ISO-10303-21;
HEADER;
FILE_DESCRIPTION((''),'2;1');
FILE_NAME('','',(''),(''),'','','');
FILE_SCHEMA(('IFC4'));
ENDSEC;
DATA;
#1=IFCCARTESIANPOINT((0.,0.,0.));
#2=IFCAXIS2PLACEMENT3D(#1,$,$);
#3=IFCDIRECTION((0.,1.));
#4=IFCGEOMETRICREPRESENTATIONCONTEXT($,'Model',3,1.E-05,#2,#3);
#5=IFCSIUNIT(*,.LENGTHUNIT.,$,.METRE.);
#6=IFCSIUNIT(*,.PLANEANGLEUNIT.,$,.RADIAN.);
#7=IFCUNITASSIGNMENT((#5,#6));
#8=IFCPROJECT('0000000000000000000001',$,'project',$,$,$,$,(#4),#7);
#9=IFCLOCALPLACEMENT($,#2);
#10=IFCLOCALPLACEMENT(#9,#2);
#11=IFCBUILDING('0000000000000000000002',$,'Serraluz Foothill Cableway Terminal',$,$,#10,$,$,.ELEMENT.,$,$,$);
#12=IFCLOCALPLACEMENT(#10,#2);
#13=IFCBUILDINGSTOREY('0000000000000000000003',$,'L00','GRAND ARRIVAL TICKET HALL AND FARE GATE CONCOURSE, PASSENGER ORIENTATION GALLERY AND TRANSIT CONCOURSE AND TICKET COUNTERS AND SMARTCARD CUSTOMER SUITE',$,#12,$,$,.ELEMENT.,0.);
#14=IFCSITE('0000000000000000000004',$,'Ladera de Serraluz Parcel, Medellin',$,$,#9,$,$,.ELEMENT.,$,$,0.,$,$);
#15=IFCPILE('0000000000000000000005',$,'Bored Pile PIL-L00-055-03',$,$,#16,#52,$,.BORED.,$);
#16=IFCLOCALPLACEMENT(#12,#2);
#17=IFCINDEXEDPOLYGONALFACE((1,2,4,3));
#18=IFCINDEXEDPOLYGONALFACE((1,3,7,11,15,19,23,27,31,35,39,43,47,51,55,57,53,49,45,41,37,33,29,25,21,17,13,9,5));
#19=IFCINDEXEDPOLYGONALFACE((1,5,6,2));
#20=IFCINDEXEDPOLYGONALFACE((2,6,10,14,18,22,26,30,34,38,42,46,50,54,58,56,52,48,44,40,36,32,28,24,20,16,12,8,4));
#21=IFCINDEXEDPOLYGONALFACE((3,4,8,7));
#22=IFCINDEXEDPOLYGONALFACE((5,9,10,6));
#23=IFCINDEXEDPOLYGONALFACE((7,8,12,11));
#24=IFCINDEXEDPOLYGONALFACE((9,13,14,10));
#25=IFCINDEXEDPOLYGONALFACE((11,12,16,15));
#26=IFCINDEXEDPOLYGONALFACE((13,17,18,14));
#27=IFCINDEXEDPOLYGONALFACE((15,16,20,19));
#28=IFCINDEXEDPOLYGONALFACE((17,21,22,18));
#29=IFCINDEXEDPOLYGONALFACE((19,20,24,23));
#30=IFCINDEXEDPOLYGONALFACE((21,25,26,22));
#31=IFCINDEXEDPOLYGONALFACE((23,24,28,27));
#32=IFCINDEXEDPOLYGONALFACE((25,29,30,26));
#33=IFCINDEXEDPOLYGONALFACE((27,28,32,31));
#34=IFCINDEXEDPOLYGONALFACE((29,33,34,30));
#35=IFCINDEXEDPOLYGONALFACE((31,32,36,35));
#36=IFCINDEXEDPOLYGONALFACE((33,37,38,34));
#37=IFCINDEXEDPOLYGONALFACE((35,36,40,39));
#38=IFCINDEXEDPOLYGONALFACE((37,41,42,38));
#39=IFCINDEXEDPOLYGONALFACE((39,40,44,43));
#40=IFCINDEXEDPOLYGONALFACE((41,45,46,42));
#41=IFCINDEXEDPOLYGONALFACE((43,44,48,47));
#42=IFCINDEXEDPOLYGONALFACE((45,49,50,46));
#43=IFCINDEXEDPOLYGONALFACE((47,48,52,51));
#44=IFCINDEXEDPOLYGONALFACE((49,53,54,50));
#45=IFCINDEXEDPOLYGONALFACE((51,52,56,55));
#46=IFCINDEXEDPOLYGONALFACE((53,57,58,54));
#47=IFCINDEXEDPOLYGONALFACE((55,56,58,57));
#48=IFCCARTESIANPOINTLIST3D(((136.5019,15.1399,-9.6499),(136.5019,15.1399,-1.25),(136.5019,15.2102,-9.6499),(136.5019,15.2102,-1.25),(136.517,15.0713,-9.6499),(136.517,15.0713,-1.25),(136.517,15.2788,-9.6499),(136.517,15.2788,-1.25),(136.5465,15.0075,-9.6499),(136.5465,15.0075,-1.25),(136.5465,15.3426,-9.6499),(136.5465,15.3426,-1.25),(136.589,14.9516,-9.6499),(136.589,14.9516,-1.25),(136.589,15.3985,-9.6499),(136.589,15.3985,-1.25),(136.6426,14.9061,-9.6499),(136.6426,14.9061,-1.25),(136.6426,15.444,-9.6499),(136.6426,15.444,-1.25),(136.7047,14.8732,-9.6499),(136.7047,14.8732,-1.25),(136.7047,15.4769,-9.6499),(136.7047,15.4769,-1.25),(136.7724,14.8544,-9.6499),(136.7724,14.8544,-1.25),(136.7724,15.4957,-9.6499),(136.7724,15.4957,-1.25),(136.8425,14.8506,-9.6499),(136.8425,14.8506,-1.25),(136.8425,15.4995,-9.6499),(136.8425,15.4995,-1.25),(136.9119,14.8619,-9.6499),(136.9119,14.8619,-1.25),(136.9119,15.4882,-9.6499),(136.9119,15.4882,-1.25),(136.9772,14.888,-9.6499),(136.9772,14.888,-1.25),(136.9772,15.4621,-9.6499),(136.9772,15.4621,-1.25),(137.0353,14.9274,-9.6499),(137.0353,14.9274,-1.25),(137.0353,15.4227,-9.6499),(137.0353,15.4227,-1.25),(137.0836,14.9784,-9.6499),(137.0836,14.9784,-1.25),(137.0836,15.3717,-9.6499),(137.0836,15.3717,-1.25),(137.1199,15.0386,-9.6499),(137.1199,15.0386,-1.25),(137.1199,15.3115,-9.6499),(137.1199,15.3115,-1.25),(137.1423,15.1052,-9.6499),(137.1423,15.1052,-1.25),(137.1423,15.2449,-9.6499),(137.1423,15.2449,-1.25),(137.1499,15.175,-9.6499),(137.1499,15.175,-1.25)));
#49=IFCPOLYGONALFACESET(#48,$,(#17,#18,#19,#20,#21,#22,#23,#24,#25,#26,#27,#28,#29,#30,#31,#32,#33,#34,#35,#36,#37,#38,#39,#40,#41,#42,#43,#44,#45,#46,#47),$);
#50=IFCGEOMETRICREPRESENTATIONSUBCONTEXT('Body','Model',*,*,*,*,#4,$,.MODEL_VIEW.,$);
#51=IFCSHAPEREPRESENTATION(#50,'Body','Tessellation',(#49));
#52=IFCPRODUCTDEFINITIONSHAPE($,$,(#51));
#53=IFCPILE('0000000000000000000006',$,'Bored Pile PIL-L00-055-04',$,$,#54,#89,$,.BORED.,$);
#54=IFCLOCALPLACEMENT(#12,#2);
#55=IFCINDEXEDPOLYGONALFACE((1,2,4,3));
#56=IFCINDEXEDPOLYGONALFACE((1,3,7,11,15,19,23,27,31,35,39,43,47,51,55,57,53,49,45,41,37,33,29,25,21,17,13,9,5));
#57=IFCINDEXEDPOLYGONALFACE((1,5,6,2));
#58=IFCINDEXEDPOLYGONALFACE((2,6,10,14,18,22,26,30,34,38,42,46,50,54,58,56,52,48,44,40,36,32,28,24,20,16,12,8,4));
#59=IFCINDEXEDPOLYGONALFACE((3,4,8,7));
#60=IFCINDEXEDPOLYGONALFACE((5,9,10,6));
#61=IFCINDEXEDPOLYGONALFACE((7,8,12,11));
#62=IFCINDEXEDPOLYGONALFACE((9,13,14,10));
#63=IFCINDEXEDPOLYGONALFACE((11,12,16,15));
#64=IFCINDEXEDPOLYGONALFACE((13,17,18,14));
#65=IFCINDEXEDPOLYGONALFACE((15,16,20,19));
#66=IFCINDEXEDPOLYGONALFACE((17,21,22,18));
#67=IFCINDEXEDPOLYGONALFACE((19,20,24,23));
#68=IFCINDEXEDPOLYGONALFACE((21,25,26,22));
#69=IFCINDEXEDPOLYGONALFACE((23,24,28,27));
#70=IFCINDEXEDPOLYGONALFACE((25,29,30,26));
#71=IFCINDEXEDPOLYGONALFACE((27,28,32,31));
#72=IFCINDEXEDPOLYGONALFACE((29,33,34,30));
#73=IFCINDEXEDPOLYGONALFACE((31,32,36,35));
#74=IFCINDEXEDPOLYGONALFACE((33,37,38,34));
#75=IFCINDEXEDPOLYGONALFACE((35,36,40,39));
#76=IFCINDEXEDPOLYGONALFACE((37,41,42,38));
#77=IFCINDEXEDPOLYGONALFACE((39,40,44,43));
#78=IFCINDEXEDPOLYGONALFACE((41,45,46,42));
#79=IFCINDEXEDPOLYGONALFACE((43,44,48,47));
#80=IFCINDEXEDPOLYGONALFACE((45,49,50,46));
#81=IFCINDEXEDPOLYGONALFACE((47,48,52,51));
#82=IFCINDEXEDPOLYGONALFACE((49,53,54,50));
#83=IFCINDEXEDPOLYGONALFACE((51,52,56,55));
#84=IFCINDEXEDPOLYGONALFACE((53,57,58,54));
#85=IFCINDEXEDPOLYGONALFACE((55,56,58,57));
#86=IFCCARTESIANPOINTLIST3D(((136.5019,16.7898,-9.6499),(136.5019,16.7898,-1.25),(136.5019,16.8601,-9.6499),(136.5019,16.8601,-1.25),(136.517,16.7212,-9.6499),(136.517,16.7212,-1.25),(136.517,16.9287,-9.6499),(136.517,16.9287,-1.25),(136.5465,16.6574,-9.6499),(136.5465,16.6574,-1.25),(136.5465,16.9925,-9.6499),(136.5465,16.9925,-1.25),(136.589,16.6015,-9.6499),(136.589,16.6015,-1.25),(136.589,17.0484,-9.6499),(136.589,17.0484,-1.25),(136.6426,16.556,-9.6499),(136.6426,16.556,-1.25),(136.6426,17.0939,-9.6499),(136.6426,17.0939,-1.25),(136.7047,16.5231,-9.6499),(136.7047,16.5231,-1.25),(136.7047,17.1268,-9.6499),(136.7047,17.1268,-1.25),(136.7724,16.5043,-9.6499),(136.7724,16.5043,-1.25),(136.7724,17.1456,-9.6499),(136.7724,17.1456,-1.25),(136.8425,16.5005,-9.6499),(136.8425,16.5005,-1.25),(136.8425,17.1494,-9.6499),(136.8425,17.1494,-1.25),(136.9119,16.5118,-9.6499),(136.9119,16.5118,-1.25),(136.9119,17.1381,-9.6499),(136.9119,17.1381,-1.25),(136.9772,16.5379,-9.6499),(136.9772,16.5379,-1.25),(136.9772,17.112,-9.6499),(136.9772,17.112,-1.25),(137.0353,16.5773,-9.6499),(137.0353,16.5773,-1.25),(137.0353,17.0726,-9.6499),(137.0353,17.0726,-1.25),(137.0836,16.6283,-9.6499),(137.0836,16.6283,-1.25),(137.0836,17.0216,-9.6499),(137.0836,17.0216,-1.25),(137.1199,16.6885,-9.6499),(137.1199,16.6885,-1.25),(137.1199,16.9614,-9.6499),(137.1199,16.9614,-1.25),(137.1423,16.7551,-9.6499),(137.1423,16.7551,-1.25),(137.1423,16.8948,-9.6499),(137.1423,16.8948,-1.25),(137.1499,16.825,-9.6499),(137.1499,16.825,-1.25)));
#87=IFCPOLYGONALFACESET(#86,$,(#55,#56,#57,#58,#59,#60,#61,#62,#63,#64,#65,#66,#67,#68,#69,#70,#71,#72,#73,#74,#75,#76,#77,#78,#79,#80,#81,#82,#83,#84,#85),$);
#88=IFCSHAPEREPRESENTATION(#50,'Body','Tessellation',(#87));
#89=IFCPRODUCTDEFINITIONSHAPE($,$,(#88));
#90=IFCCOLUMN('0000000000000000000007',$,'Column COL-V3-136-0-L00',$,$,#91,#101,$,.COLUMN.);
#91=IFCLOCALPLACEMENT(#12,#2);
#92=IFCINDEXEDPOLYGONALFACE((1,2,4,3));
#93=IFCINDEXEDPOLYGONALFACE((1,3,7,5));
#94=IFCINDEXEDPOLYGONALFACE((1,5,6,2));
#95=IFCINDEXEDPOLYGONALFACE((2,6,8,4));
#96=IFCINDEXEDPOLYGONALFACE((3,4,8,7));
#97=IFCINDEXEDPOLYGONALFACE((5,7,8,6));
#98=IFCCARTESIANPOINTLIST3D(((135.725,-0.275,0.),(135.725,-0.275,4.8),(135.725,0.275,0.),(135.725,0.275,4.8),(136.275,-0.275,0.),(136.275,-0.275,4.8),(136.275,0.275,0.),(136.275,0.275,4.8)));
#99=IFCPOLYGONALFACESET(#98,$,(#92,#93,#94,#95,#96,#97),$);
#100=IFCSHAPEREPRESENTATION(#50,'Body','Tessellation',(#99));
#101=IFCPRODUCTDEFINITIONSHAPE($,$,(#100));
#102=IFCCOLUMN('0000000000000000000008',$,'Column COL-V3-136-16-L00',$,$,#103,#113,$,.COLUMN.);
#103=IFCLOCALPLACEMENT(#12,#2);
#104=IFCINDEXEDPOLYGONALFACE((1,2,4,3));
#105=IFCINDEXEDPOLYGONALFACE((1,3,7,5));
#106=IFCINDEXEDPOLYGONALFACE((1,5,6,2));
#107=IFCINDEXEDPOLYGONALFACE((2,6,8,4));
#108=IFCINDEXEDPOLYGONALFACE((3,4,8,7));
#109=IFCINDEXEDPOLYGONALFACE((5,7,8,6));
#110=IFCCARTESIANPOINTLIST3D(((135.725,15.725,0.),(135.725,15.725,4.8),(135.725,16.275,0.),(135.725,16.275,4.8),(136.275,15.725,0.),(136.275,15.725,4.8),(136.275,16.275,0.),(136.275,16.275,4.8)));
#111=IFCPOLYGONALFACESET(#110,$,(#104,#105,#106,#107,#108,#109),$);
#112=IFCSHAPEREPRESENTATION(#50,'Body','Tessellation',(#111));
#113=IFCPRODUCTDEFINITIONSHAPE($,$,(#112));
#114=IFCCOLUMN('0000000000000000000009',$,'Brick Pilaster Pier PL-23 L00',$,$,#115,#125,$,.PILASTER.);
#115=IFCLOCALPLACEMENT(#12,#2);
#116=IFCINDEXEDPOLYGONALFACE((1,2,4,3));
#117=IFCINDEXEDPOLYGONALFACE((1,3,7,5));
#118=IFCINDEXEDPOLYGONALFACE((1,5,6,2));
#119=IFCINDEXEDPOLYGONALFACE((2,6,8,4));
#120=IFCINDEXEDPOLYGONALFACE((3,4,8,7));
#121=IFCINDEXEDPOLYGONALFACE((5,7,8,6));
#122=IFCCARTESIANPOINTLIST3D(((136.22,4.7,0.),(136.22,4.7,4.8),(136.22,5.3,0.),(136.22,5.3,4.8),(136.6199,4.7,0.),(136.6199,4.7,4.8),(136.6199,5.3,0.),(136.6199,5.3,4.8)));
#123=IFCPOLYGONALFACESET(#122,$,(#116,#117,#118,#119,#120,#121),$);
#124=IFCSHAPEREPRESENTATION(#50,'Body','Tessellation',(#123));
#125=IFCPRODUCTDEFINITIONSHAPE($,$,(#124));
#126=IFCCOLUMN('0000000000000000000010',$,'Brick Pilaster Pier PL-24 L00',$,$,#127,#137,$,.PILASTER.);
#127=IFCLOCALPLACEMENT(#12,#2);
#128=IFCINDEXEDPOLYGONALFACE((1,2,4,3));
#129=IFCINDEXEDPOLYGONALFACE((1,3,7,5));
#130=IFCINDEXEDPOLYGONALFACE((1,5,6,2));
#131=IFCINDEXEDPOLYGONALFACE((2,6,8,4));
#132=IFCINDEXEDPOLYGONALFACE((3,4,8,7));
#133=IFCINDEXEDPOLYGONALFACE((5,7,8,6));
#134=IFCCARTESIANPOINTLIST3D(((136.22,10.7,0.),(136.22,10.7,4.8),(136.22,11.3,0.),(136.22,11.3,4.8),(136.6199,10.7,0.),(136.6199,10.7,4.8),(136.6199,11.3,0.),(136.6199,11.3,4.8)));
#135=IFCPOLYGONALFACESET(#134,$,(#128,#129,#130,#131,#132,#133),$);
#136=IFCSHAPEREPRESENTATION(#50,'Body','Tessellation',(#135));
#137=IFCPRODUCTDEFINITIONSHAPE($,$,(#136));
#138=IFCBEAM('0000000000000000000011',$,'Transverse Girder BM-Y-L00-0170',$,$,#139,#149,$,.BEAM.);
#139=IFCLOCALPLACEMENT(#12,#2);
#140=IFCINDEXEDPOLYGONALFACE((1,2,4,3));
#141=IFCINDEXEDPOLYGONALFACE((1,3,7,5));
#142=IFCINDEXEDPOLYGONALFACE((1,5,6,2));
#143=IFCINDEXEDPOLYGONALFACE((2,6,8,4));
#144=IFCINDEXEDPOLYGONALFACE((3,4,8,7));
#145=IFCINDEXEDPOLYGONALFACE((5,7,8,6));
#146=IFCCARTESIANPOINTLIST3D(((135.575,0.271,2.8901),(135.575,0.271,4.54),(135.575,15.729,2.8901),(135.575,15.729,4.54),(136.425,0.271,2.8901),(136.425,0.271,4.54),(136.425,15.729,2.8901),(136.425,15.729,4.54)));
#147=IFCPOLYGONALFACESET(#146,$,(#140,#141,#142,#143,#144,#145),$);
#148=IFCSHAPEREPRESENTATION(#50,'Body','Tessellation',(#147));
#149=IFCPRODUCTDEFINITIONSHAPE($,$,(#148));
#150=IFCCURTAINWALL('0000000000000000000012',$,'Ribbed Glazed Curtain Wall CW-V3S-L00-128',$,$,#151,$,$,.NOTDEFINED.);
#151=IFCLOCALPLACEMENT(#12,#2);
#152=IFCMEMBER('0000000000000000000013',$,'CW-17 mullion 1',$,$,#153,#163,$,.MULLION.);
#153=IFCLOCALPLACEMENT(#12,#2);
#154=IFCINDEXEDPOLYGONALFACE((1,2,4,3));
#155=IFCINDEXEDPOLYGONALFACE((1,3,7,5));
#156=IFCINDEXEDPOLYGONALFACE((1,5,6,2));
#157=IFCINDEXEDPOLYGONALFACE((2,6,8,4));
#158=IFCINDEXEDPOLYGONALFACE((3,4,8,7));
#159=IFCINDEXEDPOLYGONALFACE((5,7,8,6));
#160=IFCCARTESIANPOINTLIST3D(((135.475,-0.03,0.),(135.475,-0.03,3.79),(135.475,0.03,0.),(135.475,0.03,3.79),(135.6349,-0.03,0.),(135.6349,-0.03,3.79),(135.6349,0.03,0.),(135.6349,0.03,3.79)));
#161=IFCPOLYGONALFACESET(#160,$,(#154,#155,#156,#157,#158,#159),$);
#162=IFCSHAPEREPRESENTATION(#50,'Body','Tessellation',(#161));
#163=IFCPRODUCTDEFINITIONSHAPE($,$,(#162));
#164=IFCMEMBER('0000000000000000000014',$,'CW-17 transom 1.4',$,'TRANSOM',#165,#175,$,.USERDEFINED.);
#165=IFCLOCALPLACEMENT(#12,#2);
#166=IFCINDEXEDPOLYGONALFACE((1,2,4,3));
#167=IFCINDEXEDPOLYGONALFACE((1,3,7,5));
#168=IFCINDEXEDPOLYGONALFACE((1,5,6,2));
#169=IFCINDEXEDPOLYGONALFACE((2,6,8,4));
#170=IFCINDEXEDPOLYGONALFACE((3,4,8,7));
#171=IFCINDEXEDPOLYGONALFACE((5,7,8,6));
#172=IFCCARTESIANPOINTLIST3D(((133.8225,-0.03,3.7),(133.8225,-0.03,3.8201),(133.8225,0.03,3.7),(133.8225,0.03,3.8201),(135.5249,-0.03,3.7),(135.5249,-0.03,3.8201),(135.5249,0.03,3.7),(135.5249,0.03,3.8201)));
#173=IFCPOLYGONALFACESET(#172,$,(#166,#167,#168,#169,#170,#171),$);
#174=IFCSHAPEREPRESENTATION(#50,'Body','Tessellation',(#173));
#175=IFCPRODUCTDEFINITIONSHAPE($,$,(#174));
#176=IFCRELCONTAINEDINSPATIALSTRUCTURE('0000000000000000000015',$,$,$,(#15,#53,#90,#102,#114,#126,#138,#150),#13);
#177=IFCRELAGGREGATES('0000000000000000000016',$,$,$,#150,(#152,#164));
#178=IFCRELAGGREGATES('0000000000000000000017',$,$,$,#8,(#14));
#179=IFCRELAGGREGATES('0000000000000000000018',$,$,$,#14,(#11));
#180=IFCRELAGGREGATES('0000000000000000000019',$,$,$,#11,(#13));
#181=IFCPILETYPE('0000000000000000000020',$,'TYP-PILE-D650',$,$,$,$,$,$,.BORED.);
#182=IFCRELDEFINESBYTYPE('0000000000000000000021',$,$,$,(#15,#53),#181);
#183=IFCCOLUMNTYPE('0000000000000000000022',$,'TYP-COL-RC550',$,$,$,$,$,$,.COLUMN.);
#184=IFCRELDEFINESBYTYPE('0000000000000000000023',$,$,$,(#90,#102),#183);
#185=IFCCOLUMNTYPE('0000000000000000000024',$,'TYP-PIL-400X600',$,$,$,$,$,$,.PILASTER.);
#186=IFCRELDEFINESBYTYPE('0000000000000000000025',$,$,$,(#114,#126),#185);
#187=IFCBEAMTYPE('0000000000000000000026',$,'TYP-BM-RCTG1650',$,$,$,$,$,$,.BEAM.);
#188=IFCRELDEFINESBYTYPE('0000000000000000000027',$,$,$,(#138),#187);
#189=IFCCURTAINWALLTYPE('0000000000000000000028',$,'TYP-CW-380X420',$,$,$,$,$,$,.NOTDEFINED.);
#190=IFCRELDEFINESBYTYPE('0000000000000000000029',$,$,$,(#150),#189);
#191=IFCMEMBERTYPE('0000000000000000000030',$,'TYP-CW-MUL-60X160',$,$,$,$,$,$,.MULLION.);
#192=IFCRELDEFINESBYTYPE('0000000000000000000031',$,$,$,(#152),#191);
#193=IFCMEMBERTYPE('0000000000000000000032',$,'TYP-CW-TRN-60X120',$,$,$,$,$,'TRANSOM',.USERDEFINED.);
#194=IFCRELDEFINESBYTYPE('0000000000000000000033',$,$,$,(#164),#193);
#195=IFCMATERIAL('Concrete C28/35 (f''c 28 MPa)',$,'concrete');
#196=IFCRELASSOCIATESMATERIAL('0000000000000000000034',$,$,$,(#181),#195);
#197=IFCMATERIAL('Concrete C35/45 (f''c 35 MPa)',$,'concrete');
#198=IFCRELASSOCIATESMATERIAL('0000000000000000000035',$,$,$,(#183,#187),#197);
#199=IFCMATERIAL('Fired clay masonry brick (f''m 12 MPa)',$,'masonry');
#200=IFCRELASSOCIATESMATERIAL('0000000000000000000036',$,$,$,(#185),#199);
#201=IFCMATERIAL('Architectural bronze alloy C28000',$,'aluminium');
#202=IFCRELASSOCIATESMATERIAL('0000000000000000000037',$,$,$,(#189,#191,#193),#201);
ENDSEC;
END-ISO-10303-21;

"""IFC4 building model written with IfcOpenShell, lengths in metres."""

from ifc_helpers import new_model, si_unit, direction, frame, origin, origin_2d, place, context, subcontext, project, spatial, rectangle, circle, extrude, material, material_profile, profile_set, type_object, element, aggregate, save


model = new_model("IFC4")

# Units and contexts
model_context = context("Model", 3, precision=1e-05, world=origin(), true_north=direction((0.0, 1.0)))
body_context = subcontext(model_context, "Body", "Model", "MODEL_VIEW")
ifc_project = project(units=[si_unit("LENGTHUNIT", "METRE"), si_unit("PLANEANGLEUNIT", "RADIAN")], contexts=[model_context])

# Site, building, storey
site_placement = place(None, origin())
site = spatial("IfcSite", under=ifc_project, at=site_placement, Name="Ladera de Serraluz Parcel, Medellin", CompositionType="ELEMENT", RefElevation=0.0)
building_placement = place(site_placement, origin())
building = spatial("IfcBuilding", under=site, at=building_placement, Name="Serraluz Foothill Cableway Terminal", CompositionType="ELEMENT")
storey_placement = place(building_placement, origin())
storey = spatial("IfcBuildingStorey", under=building, at=storey_placement, Name="L00", Description="GRAND ARRIVAL TICKET HALL AND FARE GATE CONCOURSE, PASSENGER ORIENTATION GALLERY AND TRANSIT CONCOURSE AND TICKET COUNTERS AND SMARTCARD CUSTOMER SUITE", CompositionType="ELEMENT", Elevation=0.0)

# Shared definitions
ifc_material_1 = material(Name="Concrete C35/45 (f'c 35 MPa)", Category="concrete")

# Piles
ifc_material_2 = material(Name="Concrete C28/35 (f'c 28 MPa)", Category="concrete")
ifc_material_profile_1 = material_profile(ifc_material_2, circle(Radius=0.325, at=origin_2d()), Name="BORED PILE D650")
ifc_profile_set_1 = profile_set([ifc_material_profile_1], Name="Concrete C28/35 (f'c 28 MPa)")
pile_type_1 = type_object("IfcPileType", Name="TYP-PILE-D650", PredefinedType="BORED", material=ifc_profile_set_1)
for number, where, z_axis, x_axis, name in (
    (1, (136.825, 15.175, -1.25), (0.0, 0.0, -1.0), (1.0, 0.0, 0.0), "Bored Pile PIL-L00-055-03"),
    (2, (136.825, 16.825, -1.25), (0.0, 0.0, -1.0), (1.0, 0.0, 0.0), "Bored Pile PIL-L00-055-04"),
):
    element("IfcPile", number, at=place(storey_placement, frame(where, z_axis=z_axis, x_axis=x_axis)), inside=storey, type_object=pile_type_1, Name=name, PredefinedType="BORED", context=body_context, shape_type="SweptSolid", body=[
        extrude(circle(Radius=0.325, at=origin_2d()), origin(), (0.0, 0.0, 1.0), 8.3999),
    ])

# Columns
ifc_material_profile_2 = material_profile(ifc_material_1, rectangle(XDim=0.55, YDim=0.55, at=origin_2d()), Name="RC 550x550")
ifc_profile_set_2 = profile_set([ifc_material_profile_2], Name="Concrete C35/45 (f'c 35 MPa)")
column_type_1 = type_object("IfcColumnType", Name="TYP-COL-RC550", PredefinedType="COLUMN", material=ifc_profile_set_2)
for number, where, z_axis, x_axis, name in (
    (3, (136.0, 0.0, 0.0), (0.0, 0.0, 1.0), (1.0, 0.0, 0.0), "Column COL-V3-136-0-L00"),
    (4, (136.0, 16.0, 0.0), (0.0, 0.0, 1.0), (1.0, 0.0, 0.0), "Column COL-V3-136-16-L00"),
):
    element("IfcColumn", number, at=place(storey_placement, frame(where, z_axis=z_axis, x_axis=x_axis)), inside=storey, type_object=column_type_1, Name=name, PredefinedType="COLUMN", context=body_context, shape_type="SweptSolid", body=[
        extrude(rectangle(XDim=0.55, YDim=0.55, at=origin_2d()), origin(), (0.0, 0.0, 1.0), 4.8),
    ])
ifc_material_3 = material(Name="Fired clay masonry brick (f'm 12 MPa)", Category="masonry")
ifc_material_profile_3 = material_profile(ifc_material_3, rectangle(XDim=0.3999, YDim=0.6001, at=origin_2d()), Name="PIL 400x600")
ifc_profile_set_3 = profile_set([ifc_material_profile_3], Name="Fired clay masonry brick (f'm 12 MPa)")
column_type_2 = type_object("IfcColumnType", Name="TYP-PIL-400X600", PredefinedType="PILASTER", material=ifc_profile_set_3)
for number, where, z_axis, x_axis, name in (
    (5, (136.4199, 5.0, 0.0), (0.0, 0.0, 1.0), (1.0, 0.0, 0.0), "Brick Pilaster Pier PL-23 L00"),
    (6, (136.4199, 11.0, 0.0), (0.0, 0.0, 1.0), (1.0, 0.0, 0.0), "Brick Pilaster Pier PL-24 L00"),
):
    element("IfcColumn", number, at=place(storey_placement, frame(where, z_axis=z_axis, x_axis=x_axis)), inside=storey, type_object=column_type_2, Name=name, PredefinedType="PILASTER", context=body_context, shape_type="SweptSolid", body=[
        extrude(rectangle(XDim=0.3999, YDim=0.6001, at=origin_2d()), origin(), (0.0, 0.0, 1.0), 4.8),
    ])

# Beam
ifc_material_profile_4 = material_profile(ifc_material_1, rectangle(XDim=0.8501, YDim=1.6499, at=origin_2d()), Name="RC TG 850x1650")
ifc_profile_set_4 = profile_set([ifc_material_profile_4], Name="Concrete C35/45 (f'c 35 MPa)")
beam_type = type_object("IfcBeamType", Name="TYP-BM-RCTG1650", PredefinedType="BEAM", material=ifc_profile_set_4)
beam_placement = place(storey_placement, frame((136.0, 0.271, 3.7151), z_axis=(0.0, 1.0, 0.0), x_axis=(-1.0, 0.0, 0.0)))
element("IfcBeam", 7, at=beam_placement, inside=storey, type_object=beam_type, Name="Transverse Girder BM-Y-L00-0170", PredefinedType="BEAM", context=body_context, shape_type="SweptSolid", body=[
    extrude(rectangle(XDim=0.8501, YDim=1.6499, at=origin_2d()), origin(), (0.0, 0.0, 1.0), 15.458),
])

# Curtain wall, members
ifc_material_4 = material(Name="Architectural bronze alloy C28000", Category="aluminium")
curtain_wall_type = type_object("IfcCurtainWallType", Name="TYP-CW-380X420", PredefinedType="NOTDEFINED", material=ifc_material_4)
curtain_wall_placement = place(storey_placement, origin())
curtain_wall = element("IfcCurtainWall", 8, at=curtain_wall_placement, inside=storey, type_object=curtain_wall_type, Name="Ribbed Glazed Curtain Wall CW-V3S-L00-128", PredefinedType="NOTDEFINED")
ifc_material_profile_5 = material_profile(ifc_material_4, rectangle(XDim=0.0601, YDim=0.1599, at=origin_2d()), Name="ALU MULLION 60x160")
ifc_profile_set_5 = profile_set([ifc_material_profile_5], Name="Architectural bronze alloy C28000")
member_type_1 = type_object("IfcMemberType", Name="TYP-CW-MUL-60X160", PredefinedType="MULLION", material=ifc_profile_set_5)
member_1_placement = place(storey_placement, frame((135.5549, 0.0, 0.0), z_axis=(0.0, 0.0, 1.0), x_axis=(0.0, -1.0, 0.0)))
member_1 = element("IfcMember", 9, at=member_1_placement, type_object=member_type_1, Name="CW-17 mullion 1", PredefinedType="MULLION", context=body_context, shape_type="SweptSolid", body=[
    extrude(rectangle(XDim=0.0601, YDim=0.1599, at=origin_2d()), origin(), (0.0, 0.0, 1.0), 3.79),
])
ifc_material_profile_6 = material_profile(ifc_material_4, rectangle(XDim=0.0601, YDim=0.1201, at=origin_2d()), Name="ALU TRANSOM 60x120")
ifc_profile_set_6 = profile_set([ifc_material_profile_6], Name="Architectural bronze alloy C28000")
member_type_2 = type_object("IfcMemberType", Name="TYP-CW-TRN-60X120", ElementType="TRANSOM", PredefinedType="USERDEFINED", material=ifc_profile_set_6)
member_2_placement = place(storey_placement, frame((135.5249, 0.0, 3.76), z_axis=(-1.0, 0.0, 0.0), x_axis=(0.0, -1.0, 0.0)))
member_2 = element("IfcMember", 10, at=member_2_placement, type_object=member_type_2, Name="CW-17 transom 1.4", ObjectType="TRANSOM", PredefinedType="USERDEFINED", context=body_context, shape_type="SweptSolid", body=[
    extrude(rectangle(XDim=0.0601, YDim=0.1201, at=origin_2d()), origin(), (0.0, 0.0, 1.0), 1.7024),
])
aggregate(curtain_wall, [member_1, member_2])

save(model, "model.ifc")
